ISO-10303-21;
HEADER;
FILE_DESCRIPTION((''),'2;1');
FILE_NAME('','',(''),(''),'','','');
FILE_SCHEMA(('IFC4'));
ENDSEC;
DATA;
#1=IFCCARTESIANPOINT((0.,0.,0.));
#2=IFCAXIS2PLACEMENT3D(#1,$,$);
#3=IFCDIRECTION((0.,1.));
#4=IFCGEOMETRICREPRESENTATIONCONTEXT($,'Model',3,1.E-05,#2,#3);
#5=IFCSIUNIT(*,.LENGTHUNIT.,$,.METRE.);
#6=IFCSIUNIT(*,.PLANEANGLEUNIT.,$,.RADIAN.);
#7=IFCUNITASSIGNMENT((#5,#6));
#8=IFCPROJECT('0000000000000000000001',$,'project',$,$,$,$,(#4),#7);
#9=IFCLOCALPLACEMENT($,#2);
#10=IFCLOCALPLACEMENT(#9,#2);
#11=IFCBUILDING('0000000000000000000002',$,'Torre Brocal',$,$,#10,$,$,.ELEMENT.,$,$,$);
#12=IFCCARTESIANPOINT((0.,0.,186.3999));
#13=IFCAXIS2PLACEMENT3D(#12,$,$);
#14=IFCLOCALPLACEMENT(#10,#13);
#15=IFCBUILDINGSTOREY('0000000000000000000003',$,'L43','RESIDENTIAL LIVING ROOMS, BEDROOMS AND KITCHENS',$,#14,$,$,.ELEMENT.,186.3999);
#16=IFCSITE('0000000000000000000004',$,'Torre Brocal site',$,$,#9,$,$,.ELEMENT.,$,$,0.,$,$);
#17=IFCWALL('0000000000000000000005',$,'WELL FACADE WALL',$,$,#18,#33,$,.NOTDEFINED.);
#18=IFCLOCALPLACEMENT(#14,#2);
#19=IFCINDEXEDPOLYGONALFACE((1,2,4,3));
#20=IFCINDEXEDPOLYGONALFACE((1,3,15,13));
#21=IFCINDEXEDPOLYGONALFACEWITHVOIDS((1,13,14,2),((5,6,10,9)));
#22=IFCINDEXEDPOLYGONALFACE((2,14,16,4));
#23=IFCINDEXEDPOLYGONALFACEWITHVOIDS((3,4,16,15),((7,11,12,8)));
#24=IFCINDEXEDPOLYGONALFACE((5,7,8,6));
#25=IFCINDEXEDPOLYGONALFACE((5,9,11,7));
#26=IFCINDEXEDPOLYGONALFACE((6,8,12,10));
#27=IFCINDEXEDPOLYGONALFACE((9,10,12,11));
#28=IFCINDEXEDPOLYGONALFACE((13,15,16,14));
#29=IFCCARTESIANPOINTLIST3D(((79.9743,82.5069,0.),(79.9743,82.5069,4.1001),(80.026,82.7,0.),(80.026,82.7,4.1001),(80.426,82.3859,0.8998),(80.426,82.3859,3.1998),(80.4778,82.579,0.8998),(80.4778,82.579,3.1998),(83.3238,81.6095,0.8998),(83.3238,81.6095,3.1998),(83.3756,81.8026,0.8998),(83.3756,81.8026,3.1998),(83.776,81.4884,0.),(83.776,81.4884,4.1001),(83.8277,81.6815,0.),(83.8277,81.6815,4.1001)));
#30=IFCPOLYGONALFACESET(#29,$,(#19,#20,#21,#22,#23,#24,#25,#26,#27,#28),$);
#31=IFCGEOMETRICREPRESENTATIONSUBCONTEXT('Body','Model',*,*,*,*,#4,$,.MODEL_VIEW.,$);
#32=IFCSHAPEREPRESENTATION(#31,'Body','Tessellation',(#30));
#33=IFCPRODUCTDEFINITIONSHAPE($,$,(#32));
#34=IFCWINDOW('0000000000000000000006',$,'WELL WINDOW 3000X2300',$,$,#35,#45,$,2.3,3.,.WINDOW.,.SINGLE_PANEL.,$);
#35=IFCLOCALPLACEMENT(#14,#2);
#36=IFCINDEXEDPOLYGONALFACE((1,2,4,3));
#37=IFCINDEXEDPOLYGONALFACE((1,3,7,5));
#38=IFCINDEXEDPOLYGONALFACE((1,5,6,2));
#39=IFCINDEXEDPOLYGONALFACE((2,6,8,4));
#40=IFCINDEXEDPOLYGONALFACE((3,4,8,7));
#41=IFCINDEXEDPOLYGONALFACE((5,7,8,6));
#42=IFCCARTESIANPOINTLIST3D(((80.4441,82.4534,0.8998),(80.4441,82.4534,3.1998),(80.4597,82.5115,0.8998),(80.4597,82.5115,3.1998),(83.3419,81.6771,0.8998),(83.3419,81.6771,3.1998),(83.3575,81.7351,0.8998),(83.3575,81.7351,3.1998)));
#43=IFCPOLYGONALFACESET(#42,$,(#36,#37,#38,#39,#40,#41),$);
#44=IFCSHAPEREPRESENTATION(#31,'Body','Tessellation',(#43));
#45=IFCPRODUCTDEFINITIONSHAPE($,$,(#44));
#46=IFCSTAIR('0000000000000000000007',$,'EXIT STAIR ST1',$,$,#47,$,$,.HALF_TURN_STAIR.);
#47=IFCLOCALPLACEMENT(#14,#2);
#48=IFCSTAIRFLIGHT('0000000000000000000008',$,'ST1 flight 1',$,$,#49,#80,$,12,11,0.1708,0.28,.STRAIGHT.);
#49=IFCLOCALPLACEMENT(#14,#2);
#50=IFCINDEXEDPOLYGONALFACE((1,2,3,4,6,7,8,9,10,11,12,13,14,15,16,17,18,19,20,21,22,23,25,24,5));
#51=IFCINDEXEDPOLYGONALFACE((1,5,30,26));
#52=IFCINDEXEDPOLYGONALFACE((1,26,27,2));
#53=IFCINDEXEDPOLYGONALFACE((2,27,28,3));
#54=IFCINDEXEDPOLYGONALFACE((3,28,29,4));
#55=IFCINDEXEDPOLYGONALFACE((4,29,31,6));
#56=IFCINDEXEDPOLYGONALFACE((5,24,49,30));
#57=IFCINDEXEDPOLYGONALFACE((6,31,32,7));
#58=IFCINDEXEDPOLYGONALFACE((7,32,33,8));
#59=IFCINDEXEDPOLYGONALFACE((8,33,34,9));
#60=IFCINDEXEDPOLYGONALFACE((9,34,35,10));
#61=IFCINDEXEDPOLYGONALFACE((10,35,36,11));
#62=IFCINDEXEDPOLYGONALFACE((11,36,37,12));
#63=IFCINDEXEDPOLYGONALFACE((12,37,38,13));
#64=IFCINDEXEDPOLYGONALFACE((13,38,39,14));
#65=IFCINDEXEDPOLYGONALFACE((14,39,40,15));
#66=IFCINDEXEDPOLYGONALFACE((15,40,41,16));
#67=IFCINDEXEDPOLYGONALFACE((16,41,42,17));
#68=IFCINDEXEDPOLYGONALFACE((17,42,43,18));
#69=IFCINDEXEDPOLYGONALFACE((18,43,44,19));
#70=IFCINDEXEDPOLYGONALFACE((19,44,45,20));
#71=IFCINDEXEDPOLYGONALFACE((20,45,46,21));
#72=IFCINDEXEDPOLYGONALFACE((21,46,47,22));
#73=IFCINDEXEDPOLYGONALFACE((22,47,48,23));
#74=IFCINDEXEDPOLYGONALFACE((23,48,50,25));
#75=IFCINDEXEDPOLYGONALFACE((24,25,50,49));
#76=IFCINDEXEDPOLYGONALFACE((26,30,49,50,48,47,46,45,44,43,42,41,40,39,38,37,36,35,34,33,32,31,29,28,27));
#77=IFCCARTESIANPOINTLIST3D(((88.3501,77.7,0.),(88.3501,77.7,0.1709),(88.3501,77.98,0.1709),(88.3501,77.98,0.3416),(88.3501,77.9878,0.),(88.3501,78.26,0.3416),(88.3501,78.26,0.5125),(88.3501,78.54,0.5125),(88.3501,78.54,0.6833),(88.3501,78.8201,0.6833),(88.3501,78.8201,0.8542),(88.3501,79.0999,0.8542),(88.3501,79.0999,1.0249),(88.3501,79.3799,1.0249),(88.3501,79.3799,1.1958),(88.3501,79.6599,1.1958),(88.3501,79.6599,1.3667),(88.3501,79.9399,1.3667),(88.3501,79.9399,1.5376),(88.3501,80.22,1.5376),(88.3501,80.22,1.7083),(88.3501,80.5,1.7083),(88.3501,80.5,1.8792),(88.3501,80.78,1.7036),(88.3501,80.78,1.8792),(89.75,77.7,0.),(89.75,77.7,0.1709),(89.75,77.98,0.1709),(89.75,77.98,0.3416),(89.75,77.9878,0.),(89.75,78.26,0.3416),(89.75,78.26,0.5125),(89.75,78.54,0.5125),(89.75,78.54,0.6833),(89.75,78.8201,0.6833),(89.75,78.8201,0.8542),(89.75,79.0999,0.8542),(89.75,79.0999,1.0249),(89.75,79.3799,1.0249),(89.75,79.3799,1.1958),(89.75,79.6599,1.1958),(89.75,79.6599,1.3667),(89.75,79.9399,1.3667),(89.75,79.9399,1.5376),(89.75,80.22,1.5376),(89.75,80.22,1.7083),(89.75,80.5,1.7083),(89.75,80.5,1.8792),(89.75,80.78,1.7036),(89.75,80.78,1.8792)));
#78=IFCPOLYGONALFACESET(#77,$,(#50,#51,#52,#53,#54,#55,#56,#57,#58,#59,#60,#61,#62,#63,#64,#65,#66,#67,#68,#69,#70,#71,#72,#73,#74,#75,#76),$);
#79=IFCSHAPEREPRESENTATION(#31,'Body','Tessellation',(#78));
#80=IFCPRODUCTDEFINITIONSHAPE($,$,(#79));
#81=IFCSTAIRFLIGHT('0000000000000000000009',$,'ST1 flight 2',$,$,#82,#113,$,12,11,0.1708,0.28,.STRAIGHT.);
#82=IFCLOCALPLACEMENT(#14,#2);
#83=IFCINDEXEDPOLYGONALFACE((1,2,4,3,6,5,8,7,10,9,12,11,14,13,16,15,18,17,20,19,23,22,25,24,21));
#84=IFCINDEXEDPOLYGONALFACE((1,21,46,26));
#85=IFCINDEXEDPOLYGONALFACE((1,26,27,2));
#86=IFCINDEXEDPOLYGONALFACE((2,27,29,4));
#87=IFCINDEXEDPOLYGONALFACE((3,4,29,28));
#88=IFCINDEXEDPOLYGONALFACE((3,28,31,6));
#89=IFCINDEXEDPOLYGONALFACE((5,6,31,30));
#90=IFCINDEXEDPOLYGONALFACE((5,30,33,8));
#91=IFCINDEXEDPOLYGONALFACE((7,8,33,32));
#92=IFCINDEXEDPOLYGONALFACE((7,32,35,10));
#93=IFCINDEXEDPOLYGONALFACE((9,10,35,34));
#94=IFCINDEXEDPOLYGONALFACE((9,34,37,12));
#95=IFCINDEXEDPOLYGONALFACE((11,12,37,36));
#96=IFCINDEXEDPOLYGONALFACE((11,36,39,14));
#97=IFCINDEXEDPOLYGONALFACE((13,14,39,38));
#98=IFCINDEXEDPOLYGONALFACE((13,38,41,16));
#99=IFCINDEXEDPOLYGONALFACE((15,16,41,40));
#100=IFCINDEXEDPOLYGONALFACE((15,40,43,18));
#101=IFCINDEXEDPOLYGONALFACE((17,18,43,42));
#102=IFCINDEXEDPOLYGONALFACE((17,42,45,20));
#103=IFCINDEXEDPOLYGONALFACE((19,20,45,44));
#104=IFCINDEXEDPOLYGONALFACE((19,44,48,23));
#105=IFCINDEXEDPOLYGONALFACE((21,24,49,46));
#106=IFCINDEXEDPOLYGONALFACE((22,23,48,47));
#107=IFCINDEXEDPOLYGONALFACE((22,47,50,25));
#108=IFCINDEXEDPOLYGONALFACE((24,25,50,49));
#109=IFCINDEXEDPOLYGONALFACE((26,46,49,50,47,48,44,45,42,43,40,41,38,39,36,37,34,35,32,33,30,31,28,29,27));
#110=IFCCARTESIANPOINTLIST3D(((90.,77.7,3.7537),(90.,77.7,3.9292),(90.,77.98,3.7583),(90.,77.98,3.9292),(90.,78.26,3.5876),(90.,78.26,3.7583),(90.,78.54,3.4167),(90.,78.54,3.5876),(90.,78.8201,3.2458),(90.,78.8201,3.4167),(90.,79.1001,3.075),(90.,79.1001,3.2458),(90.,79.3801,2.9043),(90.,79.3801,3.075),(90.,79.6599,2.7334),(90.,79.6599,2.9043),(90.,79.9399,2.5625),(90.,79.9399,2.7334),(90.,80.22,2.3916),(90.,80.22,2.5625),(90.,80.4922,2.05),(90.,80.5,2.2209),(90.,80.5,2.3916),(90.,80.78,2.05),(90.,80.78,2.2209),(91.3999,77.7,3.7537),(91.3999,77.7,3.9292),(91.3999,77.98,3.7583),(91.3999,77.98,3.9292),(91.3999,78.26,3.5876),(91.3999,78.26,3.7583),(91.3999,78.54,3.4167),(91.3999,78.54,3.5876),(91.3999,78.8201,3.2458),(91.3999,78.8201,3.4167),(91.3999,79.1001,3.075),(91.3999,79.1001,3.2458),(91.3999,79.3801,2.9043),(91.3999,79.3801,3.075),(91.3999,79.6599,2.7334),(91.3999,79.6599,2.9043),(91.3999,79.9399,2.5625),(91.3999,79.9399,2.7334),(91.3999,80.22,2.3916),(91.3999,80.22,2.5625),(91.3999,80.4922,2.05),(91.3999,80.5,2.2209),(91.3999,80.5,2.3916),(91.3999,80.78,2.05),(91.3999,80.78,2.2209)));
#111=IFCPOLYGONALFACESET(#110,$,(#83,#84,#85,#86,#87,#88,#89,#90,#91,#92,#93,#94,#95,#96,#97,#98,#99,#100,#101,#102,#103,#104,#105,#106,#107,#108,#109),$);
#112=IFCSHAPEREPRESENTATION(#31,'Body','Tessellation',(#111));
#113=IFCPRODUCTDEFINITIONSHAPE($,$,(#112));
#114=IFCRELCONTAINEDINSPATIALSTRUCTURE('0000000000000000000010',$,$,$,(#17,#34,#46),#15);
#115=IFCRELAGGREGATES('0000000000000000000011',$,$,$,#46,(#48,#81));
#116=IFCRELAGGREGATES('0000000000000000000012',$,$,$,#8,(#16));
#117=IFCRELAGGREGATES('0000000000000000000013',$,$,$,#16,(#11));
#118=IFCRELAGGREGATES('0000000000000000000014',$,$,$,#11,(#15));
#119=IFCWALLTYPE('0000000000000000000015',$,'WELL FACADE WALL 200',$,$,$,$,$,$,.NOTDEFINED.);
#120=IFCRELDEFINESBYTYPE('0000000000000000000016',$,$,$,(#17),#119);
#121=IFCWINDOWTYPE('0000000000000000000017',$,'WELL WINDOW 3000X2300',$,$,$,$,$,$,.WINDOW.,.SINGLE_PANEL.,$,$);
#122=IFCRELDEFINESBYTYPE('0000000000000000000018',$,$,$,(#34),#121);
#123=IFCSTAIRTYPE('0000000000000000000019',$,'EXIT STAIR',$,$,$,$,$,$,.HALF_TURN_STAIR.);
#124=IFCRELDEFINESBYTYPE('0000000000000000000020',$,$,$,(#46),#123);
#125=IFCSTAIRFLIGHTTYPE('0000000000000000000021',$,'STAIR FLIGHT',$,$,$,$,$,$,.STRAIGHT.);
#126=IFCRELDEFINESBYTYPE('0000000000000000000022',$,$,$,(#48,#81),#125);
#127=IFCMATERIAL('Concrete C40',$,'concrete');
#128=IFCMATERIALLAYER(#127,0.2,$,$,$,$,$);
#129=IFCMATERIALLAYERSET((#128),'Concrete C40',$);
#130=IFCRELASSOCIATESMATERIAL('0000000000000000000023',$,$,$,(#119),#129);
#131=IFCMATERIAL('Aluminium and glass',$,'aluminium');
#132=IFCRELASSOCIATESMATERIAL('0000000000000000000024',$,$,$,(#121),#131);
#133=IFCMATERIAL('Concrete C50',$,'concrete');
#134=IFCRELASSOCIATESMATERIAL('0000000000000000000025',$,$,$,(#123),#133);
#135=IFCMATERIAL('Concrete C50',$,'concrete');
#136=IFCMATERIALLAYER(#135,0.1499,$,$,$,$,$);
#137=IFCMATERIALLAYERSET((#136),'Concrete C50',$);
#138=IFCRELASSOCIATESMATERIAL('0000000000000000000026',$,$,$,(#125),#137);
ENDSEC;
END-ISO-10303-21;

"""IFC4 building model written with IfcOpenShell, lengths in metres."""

from ifc_helpers import new_model, si_unit, direction, frame, frame_2d, origin, place, context, subcontext, project, spatial, polyline, rectangle, outline, extrude, material, layer, layer_set, type_object, element, fill, aggregate, save


model = new_model("IFC4")

# Units and contexts
model_context = context("Model", 3, precision=1e-05, world=origin(), true_north=direction((0.0, 1.0)))
body_context = subcontext(model_context, "Body", "Model", "MODEL_VIEW")
ifc_project = project(units=[si_unit("LENGTHUNIT", "METRE"), si_unit("PLANEANGLEUNIT", "RADIAN")], contexts=[model_context])

# Site, building, storey
site_placement = place(None, origin())
site = spatial("IfcSite", under=ifc_project, at=site_placement, Name="Torre Brocal site", CompositionType="ELEMENT", RefElevation=0.0)
building_placement = place(site_placement, origin())
building = spatial("IfcBuilding", under=site, at=building_placement, Name="Torre Brocal", CompositionType="ELEMENT")
storey_placement = place(building_placement, frame((0.0, 0.0, 186.3999)))
storey = spatial("IfcBuildingStorey", under=building, at=storey_placement, Name="L43", Description="RESIDENTIAL LIVING ROOMS, BEDROOMS AND KITCHENS", CompositionType="ELEMENT", Elevation=186.3999)

# Wall, opening, window
ifc_material_1 = material(Name="Concrete C40", Category="concrete")
ifc_layer_1 = layer(ifc_material_1, 0.2)
ifc_layer_set_1 = layer_set([ifc_layer_1], Name="Concrete C40")
wall_type_1 = type_object("IfcWallType", Name="WELL FACADE WALL 200", PredefinedType="NOTDEFINED", material=ifc_layer_set_1)
ifc_material_2 = material(Name="Aluminium and glass", Category="aluminium")
window_type = type_object("IfcWindowType", Name="WELL WINDOW 3000X2300", PartitioningType="SINGLE_PANEL", PredefinedType="WINDOW", material=ifc_material_2)
wall_1_placement = place(storey_placement, frame((83.8018, 81.585, 0.0), z_axis=(0.0, 0.0, 1.0), x_axis=(-0.965934, 0.25879, 0.0)))
wall_1 = element("IfcWall", 1, at=wall_1_placement, inside=storey, type_object=wall_type_1, Name="WELL FACADE WALL", PredefinedType="NOTDEFINED", context=body_context, shape_type="SweptSolid", body=[
    extrude(rectangle(XDim=3.9358, YDim=0.2, at=frame_2d((1.9678, 0.0))), origin(), (0.0, 0.0, 1.0), 4.1001),
])
opening_1_placement = place(wall_1_placement, frame((0.468, 0.0, 0.8999)))
opening_1 = element("IfcOpeningElement", 2, at=opening_1_placement, cuts=wall_1, PredefinedType="OPENING", context=body_context, shape_type="SweptSolid", body=[
    extrude(rectangle(XDim=3.0, YDim=2.3, at=frame_2d((1.5, 1.1499))), frame((0.0, 0.1099, 0.0), z_axis=(0.0, -1.0, 0.0), x_axis=(1.0, 0.0, 0.0)), (0.0, 0.0, 1.0), 0.22),
])
window_1_placement = place(opening_1_placement, origin())
window_1 = element("IfcWindow", 3, at=window_1_placement, inside=storey, type_object=window_type, Name="WELL WINDOW 3000X2300", OverallHeight=2.3, OverallWidth=3.0, PartitioningType="SINGLE_PANEL", PredefinedType="WINDOW", context=body_context, shape_type="SweptSolid", body=[
    extrude(rectangle(XDim=3.0, YDim=2.3, at=frame_2d((1.5, 1.1499))), frame((0.0, 0.03, 0.0), z_axis=(0.0, -1.0, 0.0), x_axis=(1.0, 0.0, 0.0)), (0.0, 0.0, 1.0), 0.0601),
])
fill(opening_1, window_1)

# Stair, stair flights
ifc_material_3 = material(Name="Concrete C50", Category="concrete")
stair_type = type_object("IfcStairType", Name="EXIT STAIR", PredefinedType="HALF_TURN_STAIR", material=ifc_material_3)
stair_placement = place(storey_placement, origin())
stair = element("IfcStair", 4, at=stair_placement, inside=storey, type_object=stair_type, Name="EXIT STAIR ST1", PredefinedType="HALF_TURN_STAIR")
ifc_material_4 = material(Name="Concrete C50", Category="concrete")
ifc_layer_2 = layer(ifc_material_4, 0.1499)
ifc_layer_set_2 = layer_set([ifc_layer_2], Name="Concrete C50")
stair_flight_type = type_object("IfcStairFlightType", Name="STAIR FLIGHT", PredefinedType="STRAIGHT", material=ifc_layer_set_2)
stair_flight_1_placement = place(storey_placement, frame((89.05, 77.7, 0.0), z_axis=(0.0, 0.0, 1.0), x_axis=(0.0, 1.0, 0.0)))
stair_flight_1 = element("IfcStairFlight", 5, at=stair_flight_1_placement, type_object=stair_flight_type, Name="ST1 flight 1", NumberOfRisers=12, NumberOfTreads=11, PredefinedType="STRAIGHT", RiserHeight=0.1708, TreadLength=0.28, context=body_context, shape_type="SweptSolid", body=[
    extrude(outline(polyline([(0.0, 0.0), (0.0, 0.1709), (0.28, 0.1709), (0.28, 0.3416), (0.5601, 0.3416), (0.5601, 0.5125), (0.8401, 0.5125), (0.8401, 0.6833), (1.1201, 0.6833), (1.1201, 0.8542), (1.3999, 0.8542), (1.3999, 1.0249), (1.6799, 1.0249), (1.6799, 1.1958), (1.96, 1.1958), (1.96, 1.3667), (2.24, 1.3667), (2.24, 1.5376), (2.52, 1.5376), (2.52, 1.7083), (2.8, 1.7083), (2.8, 1.8792), (3.0801, 1.8792), (3.0801, 2.05), (3.0801, 1.7036), (0.2878, 0.0), (0.0, 0.0)])), frame((0.0, 0.7, 0.0), z_axis=(0.0, -1.0, 0.0), x_axis=(1.0, 0.0, 0.0)), (0.0, 0.0, 1.0), 1.3999),
])
stair_flight_2_placement = place(storey_placement, frame((90.7, 80.78, 2.05), z_axis=(0.0, 0.0, 1.0), x_axis=(0.0, -1.0, 0.0)))
stair_flight_2 = element("IfcStairFlight", 6, at=stair_flight_2_placement, type_object=stair_flight_type, Name="ST1 flight 2", NumberOfRisers=12, NumberOfTreads=11, PredefinedType="STRAIGHT", RiserHeight=0.1708, TreadLength=0.28, context=body_context, shape_type="SweptSolid", body=[
    extrude(outline(polyline([(0.0, 0.0), (0.0, 0.1709), (0.28, 0.1709), (0.28, 0.3416), (0.5601, 0.3416), (0.5601, 0.5125), (0.8401, 0.5125), (0.8401, 0.6833), (1.1201, 0.6833), (1.1201, 0.8542), (1.3999, 0.8542), (1.3999, 1.0249), (1.6799, 1.0249), (1.6799, 1.1958), (1.96, 1.1958), (1.96, 1.3667), (2.24, 1.3667), (2.24, 1.5376), (2.52, 1.5376), (2.52, 1.7083), (2.8, 1.7083), (2.8, 1.8792), (3.0801, 1.8792), (3.0801, 2.05), (3.0801, 1.7036), (0.2878, 0.0), (0.0, 0.0)])), frame((0.0, 0.7, 0.0), z_axis=(0.0, -1.0, 0.0), x_axis=(1.0, 0.0, 0.0)), (0.0, 0.0, 1.0), 1.3999),
])
aggregate(stair, [stair_flight_1, stair_flight_2])

save(model, "model.ifc")
